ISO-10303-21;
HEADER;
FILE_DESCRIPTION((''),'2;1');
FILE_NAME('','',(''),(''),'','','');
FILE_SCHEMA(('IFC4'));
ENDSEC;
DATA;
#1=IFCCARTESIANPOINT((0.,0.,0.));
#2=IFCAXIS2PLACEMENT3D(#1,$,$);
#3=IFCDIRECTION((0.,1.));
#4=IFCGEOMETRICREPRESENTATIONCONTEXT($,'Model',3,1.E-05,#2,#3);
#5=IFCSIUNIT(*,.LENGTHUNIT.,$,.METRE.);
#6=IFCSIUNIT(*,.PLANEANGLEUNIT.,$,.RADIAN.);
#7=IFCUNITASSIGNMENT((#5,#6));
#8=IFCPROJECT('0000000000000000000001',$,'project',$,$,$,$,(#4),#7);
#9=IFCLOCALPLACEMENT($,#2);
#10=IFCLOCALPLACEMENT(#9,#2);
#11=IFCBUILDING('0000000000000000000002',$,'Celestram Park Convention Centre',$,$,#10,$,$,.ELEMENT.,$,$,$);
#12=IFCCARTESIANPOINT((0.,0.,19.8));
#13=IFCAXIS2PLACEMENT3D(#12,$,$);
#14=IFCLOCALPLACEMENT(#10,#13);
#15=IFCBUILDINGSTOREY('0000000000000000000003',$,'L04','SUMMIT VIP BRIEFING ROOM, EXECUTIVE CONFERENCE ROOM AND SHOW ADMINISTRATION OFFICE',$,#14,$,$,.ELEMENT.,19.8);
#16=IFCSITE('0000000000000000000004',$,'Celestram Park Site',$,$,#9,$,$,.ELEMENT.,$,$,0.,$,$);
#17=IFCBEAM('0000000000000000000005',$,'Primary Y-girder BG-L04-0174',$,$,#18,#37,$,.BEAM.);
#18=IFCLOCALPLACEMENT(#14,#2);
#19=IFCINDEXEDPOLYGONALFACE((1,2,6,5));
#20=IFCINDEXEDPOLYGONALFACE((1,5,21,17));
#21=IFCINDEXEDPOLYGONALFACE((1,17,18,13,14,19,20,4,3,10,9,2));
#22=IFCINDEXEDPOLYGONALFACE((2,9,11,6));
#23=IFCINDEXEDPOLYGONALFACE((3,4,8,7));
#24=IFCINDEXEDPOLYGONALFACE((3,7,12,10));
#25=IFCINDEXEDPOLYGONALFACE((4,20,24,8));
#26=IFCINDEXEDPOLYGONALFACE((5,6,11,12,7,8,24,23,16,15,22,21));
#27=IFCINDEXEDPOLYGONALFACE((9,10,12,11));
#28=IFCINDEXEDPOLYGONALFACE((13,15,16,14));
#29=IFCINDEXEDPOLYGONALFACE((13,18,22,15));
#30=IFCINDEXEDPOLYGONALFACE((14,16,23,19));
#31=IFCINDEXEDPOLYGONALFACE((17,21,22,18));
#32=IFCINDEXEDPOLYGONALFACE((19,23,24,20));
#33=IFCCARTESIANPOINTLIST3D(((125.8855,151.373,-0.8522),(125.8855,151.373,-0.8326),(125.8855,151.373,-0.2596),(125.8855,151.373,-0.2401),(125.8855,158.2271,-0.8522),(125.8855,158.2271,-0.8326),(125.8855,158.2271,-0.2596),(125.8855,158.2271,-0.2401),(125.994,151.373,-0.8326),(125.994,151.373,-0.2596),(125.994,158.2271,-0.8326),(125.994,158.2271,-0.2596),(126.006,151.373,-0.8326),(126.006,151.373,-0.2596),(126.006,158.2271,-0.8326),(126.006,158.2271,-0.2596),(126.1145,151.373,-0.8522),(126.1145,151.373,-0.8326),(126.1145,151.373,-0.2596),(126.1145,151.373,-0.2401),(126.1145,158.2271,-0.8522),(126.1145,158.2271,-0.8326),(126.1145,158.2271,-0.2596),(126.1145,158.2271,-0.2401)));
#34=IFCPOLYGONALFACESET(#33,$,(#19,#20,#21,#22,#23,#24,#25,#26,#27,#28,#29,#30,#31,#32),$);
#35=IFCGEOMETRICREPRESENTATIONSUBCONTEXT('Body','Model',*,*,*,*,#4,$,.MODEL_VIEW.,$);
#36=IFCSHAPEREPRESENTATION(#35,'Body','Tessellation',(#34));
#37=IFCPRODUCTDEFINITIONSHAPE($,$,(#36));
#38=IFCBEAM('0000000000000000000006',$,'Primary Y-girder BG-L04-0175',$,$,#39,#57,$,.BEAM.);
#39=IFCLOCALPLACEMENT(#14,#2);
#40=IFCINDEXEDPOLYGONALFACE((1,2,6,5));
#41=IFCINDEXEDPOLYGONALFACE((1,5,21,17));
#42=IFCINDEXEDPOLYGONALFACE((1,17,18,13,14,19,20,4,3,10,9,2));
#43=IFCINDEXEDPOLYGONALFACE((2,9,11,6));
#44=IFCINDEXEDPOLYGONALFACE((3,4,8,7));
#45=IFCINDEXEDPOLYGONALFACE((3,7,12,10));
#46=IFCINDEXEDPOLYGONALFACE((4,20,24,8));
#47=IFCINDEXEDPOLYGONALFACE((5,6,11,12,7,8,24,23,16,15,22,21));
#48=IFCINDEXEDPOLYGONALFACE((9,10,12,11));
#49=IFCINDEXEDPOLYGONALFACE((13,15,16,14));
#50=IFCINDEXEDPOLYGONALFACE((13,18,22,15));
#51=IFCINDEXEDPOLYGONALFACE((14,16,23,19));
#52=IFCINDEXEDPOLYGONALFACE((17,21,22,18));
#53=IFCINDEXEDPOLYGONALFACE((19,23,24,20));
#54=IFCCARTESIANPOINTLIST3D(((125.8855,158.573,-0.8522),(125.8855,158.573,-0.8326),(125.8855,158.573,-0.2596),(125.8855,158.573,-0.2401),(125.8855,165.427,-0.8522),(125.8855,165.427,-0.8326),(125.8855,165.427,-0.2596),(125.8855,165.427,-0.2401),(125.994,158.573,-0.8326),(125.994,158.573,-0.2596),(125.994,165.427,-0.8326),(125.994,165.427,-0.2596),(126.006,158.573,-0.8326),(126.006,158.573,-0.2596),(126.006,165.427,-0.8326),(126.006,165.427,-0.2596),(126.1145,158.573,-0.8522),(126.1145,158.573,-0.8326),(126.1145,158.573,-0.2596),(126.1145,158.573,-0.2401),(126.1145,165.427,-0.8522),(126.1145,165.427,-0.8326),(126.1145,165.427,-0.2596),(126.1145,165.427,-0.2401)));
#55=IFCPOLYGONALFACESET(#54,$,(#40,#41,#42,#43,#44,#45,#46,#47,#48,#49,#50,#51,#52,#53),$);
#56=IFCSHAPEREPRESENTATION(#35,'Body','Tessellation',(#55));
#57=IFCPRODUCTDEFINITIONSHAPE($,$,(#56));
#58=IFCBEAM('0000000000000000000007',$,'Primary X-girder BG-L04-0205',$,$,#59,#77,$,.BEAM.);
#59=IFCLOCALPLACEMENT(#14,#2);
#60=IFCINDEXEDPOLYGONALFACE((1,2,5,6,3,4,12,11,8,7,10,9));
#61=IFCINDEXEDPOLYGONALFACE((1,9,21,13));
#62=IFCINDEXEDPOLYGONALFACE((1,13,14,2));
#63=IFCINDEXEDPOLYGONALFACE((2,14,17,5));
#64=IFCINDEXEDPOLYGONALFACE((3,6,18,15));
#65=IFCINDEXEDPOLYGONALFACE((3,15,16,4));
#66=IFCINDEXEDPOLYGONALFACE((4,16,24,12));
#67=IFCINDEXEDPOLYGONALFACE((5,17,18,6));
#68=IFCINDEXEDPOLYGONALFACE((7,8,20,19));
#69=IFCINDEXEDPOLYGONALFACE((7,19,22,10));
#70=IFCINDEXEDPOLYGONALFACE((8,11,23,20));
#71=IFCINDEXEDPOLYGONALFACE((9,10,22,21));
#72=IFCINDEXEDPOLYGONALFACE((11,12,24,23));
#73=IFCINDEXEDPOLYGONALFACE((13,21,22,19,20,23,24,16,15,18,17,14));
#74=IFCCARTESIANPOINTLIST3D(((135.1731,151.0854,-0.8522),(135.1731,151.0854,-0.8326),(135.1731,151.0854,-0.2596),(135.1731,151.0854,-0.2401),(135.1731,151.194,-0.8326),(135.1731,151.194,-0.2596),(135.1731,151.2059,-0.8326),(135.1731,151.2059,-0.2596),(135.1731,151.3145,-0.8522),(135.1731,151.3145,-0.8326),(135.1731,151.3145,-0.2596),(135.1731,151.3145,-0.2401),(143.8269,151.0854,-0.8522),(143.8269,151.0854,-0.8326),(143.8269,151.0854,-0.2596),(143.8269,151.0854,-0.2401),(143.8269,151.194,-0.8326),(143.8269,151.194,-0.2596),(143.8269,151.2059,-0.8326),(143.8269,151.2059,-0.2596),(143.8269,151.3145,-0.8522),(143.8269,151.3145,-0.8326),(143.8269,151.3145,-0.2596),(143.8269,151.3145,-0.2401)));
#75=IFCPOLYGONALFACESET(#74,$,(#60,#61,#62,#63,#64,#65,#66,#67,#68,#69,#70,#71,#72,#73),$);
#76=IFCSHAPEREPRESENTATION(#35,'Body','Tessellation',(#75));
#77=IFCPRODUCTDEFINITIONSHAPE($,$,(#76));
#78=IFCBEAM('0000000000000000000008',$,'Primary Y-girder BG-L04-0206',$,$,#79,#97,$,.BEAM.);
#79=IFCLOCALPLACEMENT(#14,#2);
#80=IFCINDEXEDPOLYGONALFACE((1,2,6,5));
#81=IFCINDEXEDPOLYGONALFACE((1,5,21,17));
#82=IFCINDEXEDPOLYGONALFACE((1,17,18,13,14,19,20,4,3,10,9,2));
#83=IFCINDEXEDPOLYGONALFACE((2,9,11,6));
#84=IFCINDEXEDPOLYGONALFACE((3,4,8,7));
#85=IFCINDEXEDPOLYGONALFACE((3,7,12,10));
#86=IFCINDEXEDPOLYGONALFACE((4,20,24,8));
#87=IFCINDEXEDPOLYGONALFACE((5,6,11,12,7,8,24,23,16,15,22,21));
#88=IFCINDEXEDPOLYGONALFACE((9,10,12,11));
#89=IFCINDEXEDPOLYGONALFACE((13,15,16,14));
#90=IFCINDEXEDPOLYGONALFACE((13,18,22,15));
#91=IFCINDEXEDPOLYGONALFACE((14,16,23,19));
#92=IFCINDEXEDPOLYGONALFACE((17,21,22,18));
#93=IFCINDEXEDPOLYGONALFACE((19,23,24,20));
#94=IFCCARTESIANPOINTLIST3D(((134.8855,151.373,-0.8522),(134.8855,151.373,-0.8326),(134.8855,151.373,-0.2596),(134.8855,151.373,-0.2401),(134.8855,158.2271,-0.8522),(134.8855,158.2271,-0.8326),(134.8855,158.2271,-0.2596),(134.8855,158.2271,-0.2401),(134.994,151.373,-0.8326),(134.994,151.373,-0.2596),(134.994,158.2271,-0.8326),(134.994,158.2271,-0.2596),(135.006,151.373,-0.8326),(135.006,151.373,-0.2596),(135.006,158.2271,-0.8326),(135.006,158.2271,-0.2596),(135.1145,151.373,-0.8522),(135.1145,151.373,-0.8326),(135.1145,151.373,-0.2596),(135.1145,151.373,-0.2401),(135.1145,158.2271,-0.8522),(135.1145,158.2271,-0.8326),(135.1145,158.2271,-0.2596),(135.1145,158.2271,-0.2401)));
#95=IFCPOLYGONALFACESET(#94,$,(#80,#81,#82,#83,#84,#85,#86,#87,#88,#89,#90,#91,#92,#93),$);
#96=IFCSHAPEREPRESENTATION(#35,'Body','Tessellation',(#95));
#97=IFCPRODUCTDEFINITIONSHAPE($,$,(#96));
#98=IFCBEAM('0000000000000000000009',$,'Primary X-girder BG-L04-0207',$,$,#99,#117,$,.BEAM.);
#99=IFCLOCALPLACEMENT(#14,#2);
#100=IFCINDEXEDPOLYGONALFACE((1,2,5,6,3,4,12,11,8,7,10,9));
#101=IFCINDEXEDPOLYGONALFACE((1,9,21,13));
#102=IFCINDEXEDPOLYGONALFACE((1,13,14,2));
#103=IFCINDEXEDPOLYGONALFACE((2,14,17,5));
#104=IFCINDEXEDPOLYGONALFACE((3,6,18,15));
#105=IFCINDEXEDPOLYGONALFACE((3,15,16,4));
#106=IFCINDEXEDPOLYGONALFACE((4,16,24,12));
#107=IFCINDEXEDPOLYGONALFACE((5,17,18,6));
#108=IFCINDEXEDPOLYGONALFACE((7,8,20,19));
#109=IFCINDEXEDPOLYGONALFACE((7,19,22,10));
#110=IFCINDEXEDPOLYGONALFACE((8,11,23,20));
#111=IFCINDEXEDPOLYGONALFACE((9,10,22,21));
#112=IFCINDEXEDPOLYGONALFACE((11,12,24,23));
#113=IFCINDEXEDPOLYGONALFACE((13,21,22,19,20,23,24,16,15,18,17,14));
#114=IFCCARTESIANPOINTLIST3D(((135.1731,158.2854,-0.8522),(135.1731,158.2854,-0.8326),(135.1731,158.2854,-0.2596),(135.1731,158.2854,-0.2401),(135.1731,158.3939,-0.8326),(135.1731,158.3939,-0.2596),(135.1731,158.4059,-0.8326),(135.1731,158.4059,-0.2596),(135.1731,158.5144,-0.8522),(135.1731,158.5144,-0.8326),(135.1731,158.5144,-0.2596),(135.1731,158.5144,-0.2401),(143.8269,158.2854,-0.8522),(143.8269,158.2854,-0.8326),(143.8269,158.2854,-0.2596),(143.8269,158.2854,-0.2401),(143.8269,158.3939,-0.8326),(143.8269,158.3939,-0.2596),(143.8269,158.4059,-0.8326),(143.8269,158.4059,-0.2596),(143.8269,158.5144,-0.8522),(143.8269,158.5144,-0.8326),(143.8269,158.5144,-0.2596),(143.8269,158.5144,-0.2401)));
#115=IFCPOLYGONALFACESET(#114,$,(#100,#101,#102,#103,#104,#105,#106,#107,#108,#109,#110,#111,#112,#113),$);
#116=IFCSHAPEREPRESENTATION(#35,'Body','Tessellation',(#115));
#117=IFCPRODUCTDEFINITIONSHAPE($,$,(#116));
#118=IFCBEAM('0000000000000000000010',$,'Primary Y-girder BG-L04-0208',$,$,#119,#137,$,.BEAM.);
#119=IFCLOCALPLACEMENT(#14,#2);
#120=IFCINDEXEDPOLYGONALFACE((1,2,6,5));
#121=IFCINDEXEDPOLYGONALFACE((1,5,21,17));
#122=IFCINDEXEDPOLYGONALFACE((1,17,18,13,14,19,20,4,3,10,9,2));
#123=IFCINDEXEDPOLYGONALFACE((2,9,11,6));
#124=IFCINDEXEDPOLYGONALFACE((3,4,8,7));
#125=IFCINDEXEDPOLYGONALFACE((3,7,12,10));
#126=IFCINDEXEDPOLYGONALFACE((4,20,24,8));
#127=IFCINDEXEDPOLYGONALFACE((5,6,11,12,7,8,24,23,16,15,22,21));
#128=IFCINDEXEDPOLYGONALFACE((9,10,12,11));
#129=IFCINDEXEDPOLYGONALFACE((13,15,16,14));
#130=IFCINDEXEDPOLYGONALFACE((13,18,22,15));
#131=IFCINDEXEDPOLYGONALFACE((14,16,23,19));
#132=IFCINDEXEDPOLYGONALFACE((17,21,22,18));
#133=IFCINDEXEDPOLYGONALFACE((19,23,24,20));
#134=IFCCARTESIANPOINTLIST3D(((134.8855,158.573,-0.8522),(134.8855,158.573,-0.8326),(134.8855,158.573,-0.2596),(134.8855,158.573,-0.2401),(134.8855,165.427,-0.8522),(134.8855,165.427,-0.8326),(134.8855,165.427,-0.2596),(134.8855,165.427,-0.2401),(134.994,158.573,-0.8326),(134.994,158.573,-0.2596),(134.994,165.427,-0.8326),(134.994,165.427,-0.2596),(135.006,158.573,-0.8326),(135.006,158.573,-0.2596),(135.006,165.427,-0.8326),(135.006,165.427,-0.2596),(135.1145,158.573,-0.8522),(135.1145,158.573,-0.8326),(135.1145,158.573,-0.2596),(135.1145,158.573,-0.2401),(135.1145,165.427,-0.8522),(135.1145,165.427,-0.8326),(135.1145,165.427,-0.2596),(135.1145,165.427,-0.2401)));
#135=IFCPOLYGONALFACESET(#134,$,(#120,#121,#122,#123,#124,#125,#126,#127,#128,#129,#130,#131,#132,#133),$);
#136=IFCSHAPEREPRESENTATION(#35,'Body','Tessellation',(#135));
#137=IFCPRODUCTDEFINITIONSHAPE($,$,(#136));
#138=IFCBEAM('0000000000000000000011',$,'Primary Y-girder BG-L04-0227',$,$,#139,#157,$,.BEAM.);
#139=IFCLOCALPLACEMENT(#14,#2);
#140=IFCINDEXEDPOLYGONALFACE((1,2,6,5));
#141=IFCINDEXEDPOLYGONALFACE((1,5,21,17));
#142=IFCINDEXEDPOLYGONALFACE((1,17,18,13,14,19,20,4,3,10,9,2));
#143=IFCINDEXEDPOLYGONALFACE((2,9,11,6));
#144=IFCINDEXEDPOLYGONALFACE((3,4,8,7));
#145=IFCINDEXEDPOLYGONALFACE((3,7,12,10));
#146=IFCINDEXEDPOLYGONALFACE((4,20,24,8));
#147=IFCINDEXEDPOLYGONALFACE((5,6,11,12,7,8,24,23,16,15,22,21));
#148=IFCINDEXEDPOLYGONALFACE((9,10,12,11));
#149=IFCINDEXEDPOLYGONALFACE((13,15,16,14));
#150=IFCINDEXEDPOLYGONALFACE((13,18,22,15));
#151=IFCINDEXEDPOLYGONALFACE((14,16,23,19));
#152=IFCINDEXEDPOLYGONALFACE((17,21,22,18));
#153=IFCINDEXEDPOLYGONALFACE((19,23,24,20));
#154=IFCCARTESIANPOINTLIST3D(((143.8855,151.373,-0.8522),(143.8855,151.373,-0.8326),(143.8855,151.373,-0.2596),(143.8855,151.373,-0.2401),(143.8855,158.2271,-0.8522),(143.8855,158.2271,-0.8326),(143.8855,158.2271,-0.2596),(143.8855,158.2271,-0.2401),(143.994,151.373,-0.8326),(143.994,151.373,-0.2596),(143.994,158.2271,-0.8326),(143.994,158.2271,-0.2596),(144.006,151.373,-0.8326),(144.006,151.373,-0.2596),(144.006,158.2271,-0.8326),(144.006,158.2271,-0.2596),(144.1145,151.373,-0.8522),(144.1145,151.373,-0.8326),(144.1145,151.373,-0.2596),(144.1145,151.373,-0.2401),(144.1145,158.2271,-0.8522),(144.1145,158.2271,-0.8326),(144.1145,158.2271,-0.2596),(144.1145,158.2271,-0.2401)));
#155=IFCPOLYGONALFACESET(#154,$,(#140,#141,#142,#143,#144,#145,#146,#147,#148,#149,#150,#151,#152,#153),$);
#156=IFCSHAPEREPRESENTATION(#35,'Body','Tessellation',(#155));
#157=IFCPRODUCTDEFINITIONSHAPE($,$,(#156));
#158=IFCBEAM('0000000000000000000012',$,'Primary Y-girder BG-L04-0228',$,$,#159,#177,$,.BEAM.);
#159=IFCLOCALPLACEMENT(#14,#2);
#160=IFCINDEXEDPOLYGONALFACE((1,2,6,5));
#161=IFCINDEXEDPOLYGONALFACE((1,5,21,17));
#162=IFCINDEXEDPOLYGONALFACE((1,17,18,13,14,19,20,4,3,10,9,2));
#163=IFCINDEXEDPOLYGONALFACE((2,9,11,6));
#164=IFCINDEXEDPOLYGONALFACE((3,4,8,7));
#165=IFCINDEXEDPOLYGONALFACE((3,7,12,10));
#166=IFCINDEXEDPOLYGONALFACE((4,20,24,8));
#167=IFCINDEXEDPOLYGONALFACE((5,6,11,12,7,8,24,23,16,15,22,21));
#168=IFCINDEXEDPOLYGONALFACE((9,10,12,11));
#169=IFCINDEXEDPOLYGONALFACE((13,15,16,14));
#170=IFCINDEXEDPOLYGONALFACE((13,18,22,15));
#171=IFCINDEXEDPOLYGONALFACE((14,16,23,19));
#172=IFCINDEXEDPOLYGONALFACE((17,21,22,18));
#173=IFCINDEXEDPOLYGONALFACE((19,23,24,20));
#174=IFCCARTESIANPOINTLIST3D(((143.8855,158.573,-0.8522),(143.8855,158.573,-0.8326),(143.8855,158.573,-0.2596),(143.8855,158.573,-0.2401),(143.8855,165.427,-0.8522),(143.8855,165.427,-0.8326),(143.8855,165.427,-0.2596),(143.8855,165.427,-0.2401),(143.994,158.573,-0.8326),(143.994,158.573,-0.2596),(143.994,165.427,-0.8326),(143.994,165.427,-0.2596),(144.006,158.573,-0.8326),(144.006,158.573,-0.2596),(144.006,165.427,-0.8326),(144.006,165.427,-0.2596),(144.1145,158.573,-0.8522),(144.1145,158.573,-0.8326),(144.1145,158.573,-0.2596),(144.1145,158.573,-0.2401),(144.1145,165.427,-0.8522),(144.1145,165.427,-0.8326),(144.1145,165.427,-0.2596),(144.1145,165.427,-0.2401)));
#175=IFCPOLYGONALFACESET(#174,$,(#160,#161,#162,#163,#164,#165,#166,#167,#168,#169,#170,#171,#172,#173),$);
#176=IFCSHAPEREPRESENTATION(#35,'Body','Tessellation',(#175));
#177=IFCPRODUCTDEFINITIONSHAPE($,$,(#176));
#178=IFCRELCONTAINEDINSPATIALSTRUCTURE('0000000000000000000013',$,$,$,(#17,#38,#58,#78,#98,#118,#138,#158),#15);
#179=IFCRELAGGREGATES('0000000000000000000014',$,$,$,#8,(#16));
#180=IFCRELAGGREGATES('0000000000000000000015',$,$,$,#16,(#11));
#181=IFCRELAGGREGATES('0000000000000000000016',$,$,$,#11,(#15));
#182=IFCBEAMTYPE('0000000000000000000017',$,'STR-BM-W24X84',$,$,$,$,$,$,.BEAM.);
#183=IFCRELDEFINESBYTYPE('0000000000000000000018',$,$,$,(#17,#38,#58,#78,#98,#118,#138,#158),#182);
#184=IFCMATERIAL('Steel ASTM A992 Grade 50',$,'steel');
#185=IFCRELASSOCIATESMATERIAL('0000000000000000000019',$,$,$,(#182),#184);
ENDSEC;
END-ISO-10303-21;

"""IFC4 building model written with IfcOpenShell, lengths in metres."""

from ifc_helpers import new_model, si_unit, direction, frame, origin, origin_2d, place, context, subcontext, project, spatial, i_section, extrude, material, material_profile, profile_set, type_object, element, save


model = new_model("IFC4")

# Units and contexts
model_context = context("Model", 3, precision=1e-05, world=origin(), true_north=direction((0.0, 1.0)))
body_context = subcontext(model_context, "Body", "Model", "MODEL_VIEW")
ifc_project = project(units=[si_unit("LENGTHUNIT", "METRE"), si_unit("PLANEANGLEUNIT", "RADIAN")], contexts=[model_context])

# Site, building, storey
site_placement = place(None, origin())
site = spatial("IfcSite", under=ifc_project, at=site_placement, Name="Celestram Park Site", CompositionType="ELEMENT", RefElevation=0.0)
building_placement = place(site_placement, origin())
building = spatial("IfcBuilding", under=site, at=building_placement, Name="Celestram Park Convention Centre", CompositionType="ELEMENT")
storey_placement = place(building_placement, frame((0.0, 0.0, 19.8)))
storey = spatial("IfcBuildingStorey", under=building, at=storey_placement, Name="L04", Description="SUMMIT VIP BRIEFING ROOM, EXECUTIVE CONFERENCE ROOM AND SHOW ADMINISTRATION OFFICE", CompositionType="ELEMENT", Elevation=19.8)

# Beams
ifc_material_1 = material(Name="Steel ASTM A992 Grade 50", Category="steel")
ifc_material_profile_1 = material_profile(ifc_material_1, i_section(OverallWidth=0.229, OverallDepth=0.6121, WebThickness=0.012, FlangeThickness=0.0195, at=origin_2d()), Name="W24X84")
ifc_profile_set_1 = profile_set([ifc_material_profile_1], Name="Steel ASTM A992 Grade 50")
beam_type_1 = type_object("IfcBeamType", Name="STR-BM-W24X84", PredefinedType="BEAM", material=ifc_profile_set_1)
for number, where, z_axis, x_axis, name in (
    (1, (126.0, 151.373, -0.5461), (0.0, 1.0, 0.0), (-1.0, 0.0, 0.0), "Primary Y-girder BG-L04-0174"),
    (2, (126.0, 158.573, -0.5461), (0.0, 1.0, 0.0), (-1.0, 0.0, 0.0), "Primary Y-girder BG-L04-0175"),
):
    element("IfcBeam", number, at=place(storey_placement, frame(where, z_axis=z_axis, x_axis=x_axis)), inside=storey, type_object=beam_type_1, Name=name, PredefinedType="BEAM", context=body_context, shape_type="SweptSolid", body=[
        extrude(i_section(OverallWidth=0.229, OverallDepth=0.6121, WebThickness=0.012, FlangeThickness=0.0195, at=origin_2d()), origin(), (0.0, 0.0, 1.0), 6.854),
    ])
beam_1_placement = place(storey_placement, frame((135.1731, 151.2, -0.5461), z_axis=(1.0, 0.0, 0.0), x_axis=(0.0, 1.0, 0.0)))
element("IfcBeam", 3, at=beam_1_placement, inside=storey, type_object=beam_type_1, Name="Primary X-girder BG-L04-0205", PredefinedType="BEAM", context=body_context, shape_type="SweptSolid", body=[
    extrude(i_section(OverallWidth=0.229, OverallDepth=0.6121, WebThickness=0.012, FlangeThickness=0.0195, at=origin_2d()), origin(), (0.0, 0.0, 1.0), 8.6538),
])
beam_2_placement = place(storey_placement, frame((135.0, 151.373, -0.5461), z_axis=(0.0, 1.0, 0.0), x_axis=(-1.0, 0.0, 0.0)))
element("IfcBeam", 4, at=beam_2_placement, inside=storey, type_object=beam_type_1, Name="Primary Y-girder BG-L04-0206", PredefinedType="BEAM", context=body_context, shape_type="SweptSolid", body=[
    extrude(i_section(OverallWidth=0.229, OverallDepth=0.6121, WebThickness=0.012, FlangeThickness=0.0195, at=origin_2d()), origin(), (0.0, 0.0, 1.0), 6.854),
])
beam_3_placement = place(storey_placement, frame((135.1731, 158.3999, -0.5461), z_axis=(1.0, 0.0, 0.0), x_axis=(0.0, 1.0, 0.0)))
element("IfcBeam", 5, at=beam_3_placement, inside=storey, type_object=beam_type_1, Name="Primary X-girder BG-L04-0207", PredefinedType="BEAM", context=body_context, shape_type="SweptSolid", body=[
    extrude(i_section(OverallWidth=0.229, OverallDepth=0.6121, WebThickness=0.012, FlangeThickness=0.0195, at=origin_2d()), origin(), (0.0, 0.0, 1.0), 8.6538),
])
for number, where, z_axis, x_axis, name in (
    (6, (135.0, 158.573, -0.5461), (0.0, 1.0, 0.0), (-1.0, 0.0, 0.0), "Primary Y-girder BG-L04-0208"),
    (7, (144.0, 151.373, -0.5461), (0.0, 1.0, 0.0), (-1.0, 0.0, 0.0), "Primary Y-girder BG-L04-0227"),
    (8, (144.0, 158.573, -0.5461), (0.0, 1.0, 0.0), (-1.0, 0.0, 0.0), "Primary Y-girder BG-L04-0228"),
):
    element("IfcBeam", number, at=place(storey_placement, frame(where, z_axis=z_axis, x_axis=x_axis)), inside=storey, type_object=beam_type_1, Name=name, PredefinedType="BEAM", context=body_context, shape_type="SweptSolid", body=[
        extrude(i_section(OverallWidth=0.229, OverallDepth=0.6121, WebThickness=0.012, FlangeThickness=0.0195, at=origin_2d()), origin(), (0.0, 0.0, 1.0), 6.854),
    ])

save(model, "model.ifc")
